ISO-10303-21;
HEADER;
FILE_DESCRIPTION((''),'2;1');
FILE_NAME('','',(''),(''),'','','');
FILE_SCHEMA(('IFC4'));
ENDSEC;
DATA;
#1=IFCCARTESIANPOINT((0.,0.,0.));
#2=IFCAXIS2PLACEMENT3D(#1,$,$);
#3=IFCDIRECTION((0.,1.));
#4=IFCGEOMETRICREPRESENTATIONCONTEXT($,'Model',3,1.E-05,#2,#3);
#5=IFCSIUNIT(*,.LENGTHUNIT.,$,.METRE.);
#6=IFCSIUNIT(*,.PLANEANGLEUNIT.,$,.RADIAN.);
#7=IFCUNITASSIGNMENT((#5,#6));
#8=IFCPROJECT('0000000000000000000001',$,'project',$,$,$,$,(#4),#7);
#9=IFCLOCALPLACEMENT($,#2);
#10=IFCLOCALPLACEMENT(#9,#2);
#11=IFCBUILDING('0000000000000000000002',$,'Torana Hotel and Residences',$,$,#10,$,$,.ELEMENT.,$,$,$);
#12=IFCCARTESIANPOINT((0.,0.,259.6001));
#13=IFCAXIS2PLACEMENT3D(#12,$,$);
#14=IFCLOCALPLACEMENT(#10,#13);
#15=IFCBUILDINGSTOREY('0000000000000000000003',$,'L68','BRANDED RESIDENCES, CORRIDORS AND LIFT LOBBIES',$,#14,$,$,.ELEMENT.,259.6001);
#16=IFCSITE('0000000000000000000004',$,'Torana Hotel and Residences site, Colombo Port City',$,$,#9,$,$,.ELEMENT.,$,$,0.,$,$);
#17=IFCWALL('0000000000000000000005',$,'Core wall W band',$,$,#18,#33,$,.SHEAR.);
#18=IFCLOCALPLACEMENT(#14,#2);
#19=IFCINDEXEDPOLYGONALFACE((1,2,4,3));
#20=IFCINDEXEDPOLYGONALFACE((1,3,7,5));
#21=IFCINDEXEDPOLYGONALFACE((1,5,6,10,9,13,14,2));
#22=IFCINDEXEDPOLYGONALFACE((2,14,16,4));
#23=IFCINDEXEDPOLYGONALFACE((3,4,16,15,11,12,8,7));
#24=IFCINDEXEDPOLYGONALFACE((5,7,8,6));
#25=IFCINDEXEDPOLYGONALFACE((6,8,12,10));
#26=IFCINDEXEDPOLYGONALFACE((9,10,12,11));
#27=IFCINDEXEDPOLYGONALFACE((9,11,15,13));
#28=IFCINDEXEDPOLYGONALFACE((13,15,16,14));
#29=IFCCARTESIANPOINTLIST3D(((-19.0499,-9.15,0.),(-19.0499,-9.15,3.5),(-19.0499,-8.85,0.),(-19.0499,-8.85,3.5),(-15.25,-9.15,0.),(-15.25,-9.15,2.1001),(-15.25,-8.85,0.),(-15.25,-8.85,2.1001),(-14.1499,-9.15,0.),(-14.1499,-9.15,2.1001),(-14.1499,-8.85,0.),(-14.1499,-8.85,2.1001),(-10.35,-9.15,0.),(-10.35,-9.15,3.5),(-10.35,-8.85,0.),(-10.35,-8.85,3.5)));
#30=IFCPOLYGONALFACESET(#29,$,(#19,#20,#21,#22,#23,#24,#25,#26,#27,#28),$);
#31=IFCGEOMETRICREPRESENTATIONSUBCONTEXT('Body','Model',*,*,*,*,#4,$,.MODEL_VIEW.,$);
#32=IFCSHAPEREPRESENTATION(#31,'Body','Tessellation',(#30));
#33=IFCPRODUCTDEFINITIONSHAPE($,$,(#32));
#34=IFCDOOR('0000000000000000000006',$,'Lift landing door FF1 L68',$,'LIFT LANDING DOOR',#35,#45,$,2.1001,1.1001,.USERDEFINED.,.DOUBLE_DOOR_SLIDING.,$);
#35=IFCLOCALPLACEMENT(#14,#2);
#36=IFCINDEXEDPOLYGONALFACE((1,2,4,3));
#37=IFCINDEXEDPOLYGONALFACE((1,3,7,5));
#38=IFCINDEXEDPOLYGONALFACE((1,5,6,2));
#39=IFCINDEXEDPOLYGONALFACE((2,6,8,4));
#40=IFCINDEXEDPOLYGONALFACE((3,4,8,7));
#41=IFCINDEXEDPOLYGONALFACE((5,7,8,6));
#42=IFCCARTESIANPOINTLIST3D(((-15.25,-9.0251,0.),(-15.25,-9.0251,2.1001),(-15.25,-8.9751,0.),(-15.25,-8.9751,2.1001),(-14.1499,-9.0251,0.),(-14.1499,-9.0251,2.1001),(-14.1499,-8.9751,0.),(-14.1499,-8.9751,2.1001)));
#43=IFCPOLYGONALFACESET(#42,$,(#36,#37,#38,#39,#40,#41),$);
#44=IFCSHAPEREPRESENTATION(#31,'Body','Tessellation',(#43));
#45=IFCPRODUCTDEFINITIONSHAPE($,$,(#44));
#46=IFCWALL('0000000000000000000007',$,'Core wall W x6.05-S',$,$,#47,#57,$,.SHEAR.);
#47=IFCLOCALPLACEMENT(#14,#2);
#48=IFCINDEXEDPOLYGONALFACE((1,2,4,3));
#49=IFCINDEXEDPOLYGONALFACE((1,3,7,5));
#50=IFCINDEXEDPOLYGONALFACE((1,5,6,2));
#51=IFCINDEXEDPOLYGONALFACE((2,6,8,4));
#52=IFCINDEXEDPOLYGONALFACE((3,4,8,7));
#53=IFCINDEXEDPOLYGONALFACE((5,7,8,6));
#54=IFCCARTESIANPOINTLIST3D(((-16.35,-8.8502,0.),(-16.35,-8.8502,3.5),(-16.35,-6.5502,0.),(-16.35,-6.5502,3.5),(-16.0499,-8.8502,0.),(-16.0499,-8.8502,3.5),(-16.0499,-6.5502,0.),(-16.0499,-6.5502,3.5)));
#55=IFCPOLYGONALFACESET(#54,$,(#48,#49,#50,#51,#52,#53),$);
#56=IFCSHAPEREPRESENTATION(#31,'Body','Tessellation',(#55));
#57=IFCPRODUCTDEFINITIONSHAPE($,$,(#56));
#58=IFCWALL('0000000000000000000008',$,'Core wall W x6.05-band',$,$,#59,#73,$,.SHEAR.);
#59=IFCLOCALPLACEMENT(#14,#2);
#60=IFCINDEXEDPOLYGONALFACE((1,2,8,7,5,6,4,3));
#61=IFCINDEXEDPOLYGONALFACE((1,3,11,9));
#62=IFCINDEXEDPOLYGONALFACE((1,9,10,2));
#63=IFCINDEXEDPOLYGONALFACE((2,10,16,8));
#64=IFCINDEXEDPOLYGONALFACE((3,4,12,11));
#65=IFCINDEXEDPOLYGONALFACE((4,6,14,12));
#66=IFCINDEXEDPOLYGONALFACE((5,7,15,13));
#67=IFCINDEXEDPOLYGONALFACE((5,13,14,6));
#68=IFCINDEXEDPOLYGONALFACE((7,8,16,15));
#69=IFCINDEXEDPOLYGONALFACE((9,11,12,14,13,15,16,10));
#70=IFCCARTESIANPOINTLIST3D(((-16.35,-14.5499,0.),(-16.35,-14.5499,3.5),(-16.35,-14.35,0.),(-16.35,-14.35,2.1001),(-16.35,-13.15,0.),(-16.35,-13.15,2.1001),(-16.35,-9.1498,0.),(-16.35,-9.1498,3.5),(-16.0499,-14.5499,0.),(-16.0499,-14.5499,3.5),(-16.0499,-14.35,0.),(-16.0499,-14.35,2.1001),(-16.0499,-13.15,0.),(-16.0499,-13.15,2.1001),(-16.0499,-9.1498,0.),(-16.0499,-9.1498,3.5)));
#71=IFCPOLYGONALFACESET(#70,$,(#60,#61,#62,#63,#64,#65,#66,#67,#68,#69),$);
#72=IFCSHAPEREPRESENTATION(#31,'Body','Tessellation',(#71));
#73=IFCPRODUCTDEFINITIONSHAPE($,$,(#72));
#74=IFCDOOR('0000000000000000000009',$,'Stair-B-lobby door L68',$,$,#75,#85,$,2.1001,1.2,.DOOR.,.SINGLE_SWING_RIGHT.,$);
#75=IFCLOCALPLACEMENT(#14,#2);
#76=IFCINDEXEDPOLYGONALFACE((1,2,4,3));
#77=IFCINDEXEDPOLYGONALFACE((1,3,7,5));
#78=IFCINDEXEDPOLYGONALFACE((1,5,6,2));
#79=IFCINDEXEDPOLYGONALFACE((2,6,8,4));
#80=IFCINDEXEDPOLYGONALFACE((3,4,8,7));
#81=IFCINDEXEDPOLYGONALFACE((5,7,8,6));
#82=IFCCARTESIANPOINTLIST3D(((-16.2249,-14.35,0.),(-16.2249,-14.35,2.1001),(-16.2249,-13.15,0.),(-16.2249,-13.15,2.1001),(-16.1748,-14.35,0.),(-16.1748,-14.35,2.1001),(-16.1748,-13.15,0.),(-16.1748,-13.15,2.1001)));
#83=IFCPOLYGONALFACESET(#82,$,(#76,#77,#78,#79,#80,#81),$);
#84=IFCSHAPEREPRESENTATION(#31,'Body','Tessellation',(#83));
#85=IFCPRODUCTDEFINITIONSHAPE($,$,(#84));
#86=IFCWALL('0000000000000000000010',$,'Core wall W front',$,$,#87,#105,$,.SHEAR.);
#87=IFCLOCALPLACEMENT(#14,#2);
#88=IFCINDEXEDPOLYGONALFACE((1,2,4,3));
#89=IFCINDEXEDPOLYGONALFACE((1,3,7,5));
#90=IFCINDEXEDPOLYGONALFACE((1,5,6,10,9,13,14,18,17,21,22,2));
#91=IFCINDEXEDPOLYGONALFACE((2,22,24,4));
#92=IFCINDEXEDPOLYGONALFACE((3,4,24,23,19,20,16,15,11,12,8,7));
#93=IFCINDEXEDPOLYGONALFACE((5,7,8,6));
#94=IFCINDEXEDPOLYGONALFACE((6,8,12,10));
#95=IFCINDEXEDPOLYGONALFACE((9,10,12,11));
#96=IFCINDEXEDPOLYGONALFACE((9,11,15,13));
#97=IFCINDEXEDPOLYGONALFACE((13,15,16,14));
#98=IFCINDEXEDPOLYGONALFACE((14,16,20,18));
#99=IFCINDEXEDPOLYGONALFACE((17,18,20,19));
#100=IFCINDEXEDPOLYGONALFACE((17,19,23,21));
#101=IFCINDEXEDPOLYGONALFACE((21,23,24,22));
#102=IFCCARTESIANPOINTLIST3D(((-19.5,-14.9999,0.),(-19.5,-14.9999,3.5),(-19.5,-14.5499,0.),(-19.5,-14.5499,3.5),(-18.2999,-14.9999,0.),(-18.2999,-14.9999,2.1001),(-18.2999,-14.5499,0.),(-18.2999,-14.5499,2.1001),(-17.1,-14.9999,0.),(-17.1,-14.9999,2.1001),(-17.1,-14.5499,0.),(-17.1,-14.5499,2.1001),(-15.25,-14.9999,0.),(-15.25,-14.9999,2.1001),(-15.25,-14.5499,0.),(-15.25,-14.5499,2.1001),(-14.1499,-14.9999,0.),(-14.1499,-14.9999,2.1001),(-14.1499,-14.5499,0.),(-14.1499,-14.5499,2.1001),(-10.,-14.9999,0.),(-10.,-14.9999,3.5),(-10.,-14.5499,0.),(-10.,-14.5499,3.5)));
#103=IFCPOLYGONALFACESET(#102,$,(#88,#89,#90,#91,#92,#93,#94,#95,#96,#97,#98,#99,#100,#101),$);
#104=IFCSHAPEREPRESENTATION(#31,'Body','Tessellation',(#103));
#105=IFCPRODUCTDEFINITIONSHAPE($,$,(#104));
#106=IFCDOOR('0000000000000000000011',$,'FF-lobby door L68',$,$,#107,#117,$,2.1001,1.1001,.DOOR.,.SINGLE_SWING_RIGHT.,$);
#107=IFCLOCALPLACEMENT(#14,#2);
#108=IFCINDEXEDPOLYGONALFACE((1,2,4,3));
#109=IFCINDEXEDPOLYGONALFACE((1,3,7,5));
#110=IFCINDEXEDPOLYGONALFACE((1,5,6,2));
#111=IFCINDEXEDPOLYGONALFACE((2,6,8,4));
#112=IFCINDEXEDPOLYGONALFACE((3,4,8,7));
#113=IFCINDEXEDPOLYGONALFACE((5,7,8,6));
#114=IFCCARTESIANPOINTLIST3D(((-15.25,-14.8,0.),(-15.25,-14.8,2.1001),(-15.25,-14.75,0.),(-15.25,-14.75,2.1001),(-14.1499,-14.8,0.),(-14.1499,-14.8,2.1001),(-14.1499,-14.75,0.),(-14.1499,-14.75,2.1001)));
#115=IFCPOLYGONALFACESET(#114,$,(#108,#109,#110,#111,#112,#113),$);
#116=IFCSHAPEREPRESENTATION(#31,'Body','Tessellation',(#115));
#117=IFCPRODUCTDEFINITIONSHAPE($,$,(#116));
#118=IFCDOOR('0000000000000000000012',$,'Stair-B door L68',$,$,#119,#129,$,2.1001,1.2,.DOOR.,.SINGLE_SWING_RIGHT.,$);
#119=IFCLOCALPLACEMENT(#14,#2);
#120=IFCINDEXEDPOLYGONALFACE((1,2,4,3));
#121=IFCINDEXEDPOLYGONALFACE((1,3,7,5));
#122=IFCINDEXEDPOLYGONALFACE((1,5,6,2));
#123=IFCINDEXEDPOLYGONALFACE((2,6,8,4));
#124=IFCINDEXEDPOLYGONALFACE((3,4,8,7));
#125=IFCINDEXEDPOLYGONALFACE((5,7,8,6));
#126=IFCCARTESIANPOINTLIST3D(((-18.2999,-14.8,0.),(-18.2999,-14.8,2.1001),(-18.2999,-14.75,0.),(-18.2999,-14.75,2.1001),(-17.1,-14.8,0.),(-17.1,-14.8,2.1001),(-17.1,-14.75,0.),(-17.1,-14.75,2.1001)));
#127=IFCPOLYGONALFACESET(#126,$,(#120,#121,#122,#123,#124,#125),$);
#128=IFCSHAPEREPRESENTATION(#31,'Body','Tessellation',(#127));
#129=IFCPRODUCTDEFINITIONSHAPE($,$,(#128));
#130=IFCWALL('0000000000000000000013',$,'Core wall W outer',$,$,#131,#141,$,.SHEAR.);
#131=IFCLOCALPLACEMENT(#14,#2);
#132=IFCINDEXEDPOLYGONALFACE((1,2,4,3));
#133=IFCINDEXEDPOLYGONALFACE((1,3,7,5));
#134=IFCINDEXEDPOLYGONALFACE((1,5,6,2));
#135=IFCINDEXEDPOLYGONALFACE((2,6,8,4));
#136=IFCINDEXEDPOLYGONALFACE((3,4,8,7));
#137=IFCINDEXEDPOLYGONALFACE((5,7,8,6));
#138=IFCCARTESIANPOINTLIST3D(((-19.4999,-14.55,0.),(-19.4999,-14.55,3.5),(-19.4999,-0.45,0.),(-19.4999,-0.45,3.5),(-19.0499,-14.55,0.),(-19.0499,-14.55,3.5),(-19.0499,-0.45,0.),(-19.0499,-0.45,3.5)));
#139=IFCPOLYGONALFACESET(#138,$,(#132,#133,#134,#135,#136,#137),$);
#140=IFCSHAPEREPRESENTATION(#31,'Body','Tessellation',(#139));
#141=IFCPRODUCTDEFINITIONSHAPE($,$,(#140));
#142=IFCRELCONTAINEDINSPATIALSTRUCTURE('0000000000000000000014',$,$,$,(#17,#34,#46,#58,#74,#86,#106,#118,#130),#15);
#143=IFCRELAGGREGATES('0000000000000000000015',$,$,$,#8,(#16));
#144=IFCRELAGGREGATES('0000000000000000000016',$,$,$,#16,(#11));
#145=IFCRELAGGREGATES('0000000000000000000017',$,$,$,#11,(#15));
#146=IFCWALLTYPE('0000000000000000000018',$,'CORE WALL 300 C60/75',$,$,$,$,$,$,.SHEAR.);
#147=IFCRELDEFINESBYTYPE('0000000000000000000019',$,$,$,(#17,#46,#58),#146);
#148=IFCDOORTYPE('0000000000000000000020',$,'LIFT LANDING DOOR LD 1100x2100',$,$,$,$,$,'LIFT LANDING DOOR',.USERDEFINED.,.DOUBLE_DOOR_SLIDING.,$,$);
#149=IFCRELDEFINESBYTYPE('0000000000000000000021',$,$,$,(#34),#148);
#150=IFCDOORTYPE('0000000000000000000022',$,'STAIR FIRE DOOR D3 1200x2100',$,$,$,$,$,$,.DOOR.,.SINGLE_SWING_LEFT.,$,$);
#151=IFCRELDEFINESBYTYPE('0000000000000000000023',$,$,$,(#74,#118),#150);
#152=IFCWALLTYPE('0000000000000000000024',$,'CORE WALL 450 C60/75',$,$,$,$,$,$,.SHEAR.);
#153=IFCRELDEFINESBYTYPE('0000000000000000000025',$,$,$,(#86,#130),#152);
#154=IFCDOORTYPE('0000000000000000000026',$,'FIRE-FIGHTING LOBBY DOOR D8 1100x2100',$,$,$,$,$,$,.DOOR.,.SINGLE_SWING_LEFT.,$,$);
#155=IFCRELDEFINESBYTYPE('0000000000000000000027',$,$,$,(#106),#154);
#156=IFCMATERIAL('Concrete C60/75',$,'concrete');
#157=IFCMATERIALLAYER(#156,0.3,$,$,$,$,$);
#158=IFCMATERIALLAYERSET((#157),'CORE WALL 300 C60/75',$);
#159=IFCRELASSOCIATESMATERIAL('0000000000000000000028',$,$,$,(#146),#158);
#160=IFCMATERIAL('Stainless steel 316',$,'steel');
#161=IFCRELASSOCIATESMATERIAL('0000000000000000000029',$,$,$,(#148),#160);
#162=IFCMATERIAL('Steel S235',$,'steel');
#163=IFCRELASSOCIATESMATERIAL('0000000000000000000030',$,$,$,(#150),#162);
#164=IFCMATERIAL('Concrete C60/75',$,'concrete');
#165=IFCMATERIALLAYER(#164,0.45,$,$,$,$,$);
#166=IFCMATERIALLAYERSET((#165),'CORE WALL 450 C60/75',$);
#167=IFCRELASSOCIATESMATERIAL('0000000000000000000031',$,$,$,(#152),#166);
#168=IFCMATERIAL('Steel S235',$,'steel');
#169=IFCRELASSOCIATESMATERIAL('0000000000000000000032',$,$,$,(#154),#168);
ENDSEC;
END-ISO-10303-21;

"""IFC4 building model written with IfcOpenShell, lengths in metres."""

from ifc_helpers import new_model, si_unit, direction, frame, frame_2d, origin, place, context, subcontext, project, spatial, rectangle, extrude, material, layer, layer_set, type_object, element, fill, save


model = new_model("IFC4")

# Units and contexts
model_context = context("Model", 3, precision=1e-05, world=origin(), true_north=direction((0.0, 1.0)))
body_context = subcontext(model_context, "Body", "Model", "MODEL_VIEW")
ifc_project = project(units=[si_unit("LENGTHUNIT", "METRE"), si_unit("PLANEANGLEUNIT", "RADIAN")], contexts=[model_context])

# Site, building, storey
site_placement = place(None, origin())
site = spatial("IfcSite", under=ifc_project, at=site_placement, Name="Torana Hotel and Residences site, Colombo Port City", CompositionType="ELEMENT", RefElevation=0.0)
building_placement = place(site_placement, origin())
building = spatial("IfcBuilding", under=site, at=building_placement, Name="Torana Hotel and Residences", CompositionType="ELEMENT")
storey_placement = place(building_placement, frame((0.0, 0.0, 259.6001)))
storey = spatial("IfcBuildingStorey", under=building, at=storey_placement, Name="L68", Description="BRANDED RESIDENCES, CORRIDORS AND LIFT LOBBIES", CompositionType="ELEMENT", Elevation=259.6001)

# Wall, opening, door
ifc_material_1 = material(Name="Concrete C60/75", Category="concrete")
ifc_layer_1 = layer(ifc_material_1, 0.3)
ifc_layer_set_1 = layer_set([ifc_layer_1], Name="CORE WALL 300 C60/75")
wall_type_1 = type_object("IfcWallType", Name="CORE WALL 300 C60/75", PredefinedType="SHEAR", material=ifc_layer_set_1)
wall_1_placement = place(storey_placement, frame((-19.05, -9.0, 0.0), z_axis=(0.0, 0.0, 1.0), x_axis=(1.0, 0.0, 0.0)))
wall_1 = element("IfcWall", 1, at=wall_1_placement, inside=storey, type_object=wall_type_1, Name="Core wall W band", PredefinedType="SHEAR", context=body_context, shape_type="SweptSolid", body=[
    extrude(rectangle(XDim=8.7, YDim=0.3, at=frame_2d((4.3501, 0.0))), origin(), (0.0, 0.0, 1.0), 3.5),
])
opening_1_placement = place(wall_1_placement, frame((3.8, 0.0, 0.0)))
opening_1 = element("IfcOpeningElement", 2, at=opening_1_placement, cuts=wall_1, PredefinedType="OPENING", context=body_context, shape_type="SweptSolid", body=[
    extrude(rectangle(XDim=1.1001, YDim=2.1001, at=frame_2d((0.55, 1.05))), frame((0.0, 0.1599, 0.0), z_axis=(0.0, -1.0, 0.0), x_axis=(1.0, 0.0, 0.0)), (0.0, 0.0, 1.0), 0.3201),
])
ifc_material_2 = material(Name="Stainless steel 316", Category="steel")
door_type_1 = type_object("IfcDoorType", Name="LIFT LANDING DOOR LD 1100x2100", ElementType="LIFT LANDING DOOR", OperationType="DOUBLE_DOOR_SLIDING", PredefinedType="USERDEFINED", material=ifc_material_2)
door_1_placement = place(opening_1_placement, origin())
door_1 = element("IfcDoor", 3, at=door_1_placement, inside=storey, type_object=door_type_1, Name="Lift landing door FF1 L68", ObjectType="LIFT LANDING DOOR", OperationType="DOUBLE_DOOR_SLIDING", OverallHeight=2.1001, OverallWidth=1.1001, PredefinedType="USERDEFINED", context=body_context, shape_type="SweptSolid", body=[
    extrude(rectangle(XDim=1.1001, YDim=2.1001, at=frame_2d((0.55, 1.05))), frame((0.0, 0.0249, 0.0), z_axis=(0.0, -1.0, 0.0), x_axis=(1.0, 0.0, 0.0)), (0.0, 0.0, 1.0), 0.05),
])
fill(opening_1, door_1)

# Wall
wall_2_placement = place(storey_placement, frame((-16.2, -8.8501, 0.0), z_axis=(0.0, 0.0, 1.0), x_axis=(0.0, 1.0, 0.0)))
element("IfcWall", 4, at=wall_2_placement, inside=storey, type_object=wall_type_1, Name="Core wall W x6.05-S", PredefinedType="SHEAR", context=body_context, shape_type="SweptSolid", body=[
    extrude(rectangle(XDim=2.3, YDim=0.3, at=frame_2d((1.1499, 0.0))), origin(), (0.0, 0.0, 1.0), 3.5),
])

# Wall, opening, door
wall_3_placement = place(storey_placement, frame((-16.2, -14.55, 0.0), z_axis=(0.0, 0.0, 1.0), x_axis=(0.0, 1.0, 0.0)))
wall_3 = element("IfcWall", 5, at=wall_3_placement, inside=storey, type_object=wall_type_1, Name="Core wall W x6.05-band", PredefinedType="SHEAR", context=body_context, shape_type="SweptSolid", body=[
    extrude(rectangle(XDim=5.4001, YDim=0.3, at=frame_2d((2.7002, 0.0))), origin(), (0.0, 0.0, 1.0), 3.5),
])
opening_2_placement = place(wall_3_placement, frame((0.2, 0.0, 0.0)))
opening_2 = element("IfcOpeningElement", 6, at=opening_2_placement, cuts=wall_3, PredefinedType="OPENING", context=body_context, shape_type="SweptSolid", body=[
    extrude(rectangle(XDim=1.2, YDim=2.1001, at=frame_2d((0.6001, 1.05))), frame((0.0, 0.1599, 0.0), z_axis=(0.0, -1.0, 0.0), x_axis=(1.0, 0.0, 0.0)), (0.0, 0.0, 1.0), 0.3201),
])
ifc_material_3 = material(Name="Steel S235", Category="steel")
door_type_2 = type_object("IfcDoorType", Name="STAIR FIRE DOOR D3 1200x2100", OperationType="SINGLE_SWING_LEFT", PredefinedType="DOOR", material=ifc_material_3)
door_2_placement = place(opening_2_placement, origin())
door_2 = element("IfcDoor", 7, at=door_2_placement, inside=storey, type_object=door_type_2, Name="Stair-B-lobby door L68", OperationType="SINGLE_SWING_RIGHT", OverallHeight=2.1001, OverallWidth=1.2, PredefinedType="DOOR", context=body_context, shape_type="SweptSolid", body=[
    extrude(rectangle(XDim=1.2, YDim=2.1001, at=frame_2d((0.6001, 1.05))), frame((0.0, 0.0249, 0.0), z_axis=(0.0, -1.0, 0.0), x_axis=(1.0, 0.0, 0.0)), (0.0, 0.0, 1.0), 0.05),
])
fill(opening_2, door_2)

# Wall, openings, doors
ifc_material_4 = material(Name="Concrete C60/75", Category="concrete")
ifc_layer_2 = layer(ifc_material_4, 0.45)
ifc_layer_set_2 = layer_set([ifc_layer_2], Name="CORE WALL 450 C60/75")
wall_type_2 = type_object("IfcWallType", Name="CORE WALL 450 C60/75", PredefinedType="SHEAR", material=ifc_layer_set_2)
wall_4_placement = place(storey_placement, frame((-19.5, -14.7749, 0.0), z_axis=(0.0, 0.0, 1.0), x_axis=(1.0, 0.0, 0.0)))
wall_4 = element("IfcWall", 8, at=wall_4_placement, inside=storey, type_object=wall_type_2, Name="Core wall W front", PredefinedType="SHEAR", context=body_context, shape_type="SweptSolid", body=[
    extrude(rectangle(XDim=9.5, YDim=0.45, at=frame_2d((4.75, 0.0))), origin(), (0.0, 0.0, 1.0), 3.5),
])
opening_3_placement = place(wall_4_placement, frame((1.2, 0.0, 0.0)))
opening_3 = element("IfcOpeningElement", 9, at=opening_3_placement, cuts=wall_4, PredefinedType="OPENING", context=body_context, shape_type="SweptSolid", body=[
    extrude(rectangle(XDim=1.2, YDim=2.1001, at=frame_2d((0.6001, 1.05))), frame((0.0, 0.2349, 0.0), z_axis=(0.0, -1.0, 0.0), x_axis=(1.0, 0.0, 0.0)), (0.0, 0.0, 1.0), 0.47),
])
opening_4_placement = place(wall_4_placement, frame((4.25, 0.0, 0.0)))
opening_4 = element("IfcOpeningElement", 10, at=opening_4_placement, cuts=wall_4, PredefinedType="OPENING", context=body_context, shape_type="SweptSolid", body=[
    extrude(rectangle(XDim=1.1001, YDim=2.1001, at=frame_2d((0.55, 1.05))), frame((0.0, 0.2349, 0.0), z_axis=(0.0, -1.0, 0.0), x_axis=(1.0, 0.0, 0.0)), (0.0, 0.0, 1.0), 0.47),
])
ifc_material_5 = material(Name="Steel S235", Category="steel")
door_type_3 = type_object("IfcDoorType", Name="FIRE-FIGHTING LOBBY DOOR D8 1100x2100", OperationType="SINGLE_SWING_LEFT", PredefinedType="DOOR", material=ifc_material_5)
door_3_placement = place(opening_4_placement, origin())
door_3 = element("IfcDoor", 11, at=door_3_placement, inside=storey, type_object=door_type_3, Name="FF-lobby door L68", OperationType="SINGLE_SWING_RIGHT", OverallHeight=2.1001, OverallWidth=1.1001, PredefinedType="DOOR", context=body_context, shape_type="SweptSolid", body=[
    extrude(rectangle(XDim=1.1001, YDim=2.1001, at=frame_2d((0.55, 1.05))), frame((0.0, 0.0249, 0.0), z_axis=(0.0, -1.0, 0.0), x_axis=(1.0, 0.0, 0.0)), (0.0, 0.0, 1.0), 0.05),
])
fill(opening_4, door_3)
door_4_placement = place(opening_3_placement, origin())
door_4 = element("IfcDoor", 12, at=door_4_placement, inside=storey, type_object=door_type_2, Name="Stair-B door L68", OperationType="SINGLE_SWING_RIGHT", OverallHeight=2.1001, OverallWidth=1.2, PredefinedType="DOOR", context=body_context, shape_type="SweptSolid", body=[
    extrude(rectangle(XDim=1.2, YDim=2.1001, at=frame_2d((0.6001, 1.05))), frame((0.0, 0.0249, 0.0), z_axis=(0.0, -1.0, 0.0), x_axis=(1.0, 0.0, 0.0)), (0.0, 0.0, 1.0), 0.05),
])
fill(opening_3, door_4)

# Wall
wall_5_placement = place(storey_placement, frame((-19.2749, -14.55, 0.0), z_axis=(0.0, 0.0, 1.0), x_axis=(0.0, 1.0, 0.0)))
element("IfcWall", 13, at=wall_5_placement, inside=storey, type_object=wall_type_2, Name="Core wall W outer", PredefinedType="SHEAR", context=body_context, shape_type="SweptSolid", body=[
    extrude(rectangle(XDim=14.1001, YDim=0.45, at=frame_2d((7.05, 0.0))), origin(), (0.0, 0.0, 1.0), 3.5),
])

save(model, "model.ifc")
